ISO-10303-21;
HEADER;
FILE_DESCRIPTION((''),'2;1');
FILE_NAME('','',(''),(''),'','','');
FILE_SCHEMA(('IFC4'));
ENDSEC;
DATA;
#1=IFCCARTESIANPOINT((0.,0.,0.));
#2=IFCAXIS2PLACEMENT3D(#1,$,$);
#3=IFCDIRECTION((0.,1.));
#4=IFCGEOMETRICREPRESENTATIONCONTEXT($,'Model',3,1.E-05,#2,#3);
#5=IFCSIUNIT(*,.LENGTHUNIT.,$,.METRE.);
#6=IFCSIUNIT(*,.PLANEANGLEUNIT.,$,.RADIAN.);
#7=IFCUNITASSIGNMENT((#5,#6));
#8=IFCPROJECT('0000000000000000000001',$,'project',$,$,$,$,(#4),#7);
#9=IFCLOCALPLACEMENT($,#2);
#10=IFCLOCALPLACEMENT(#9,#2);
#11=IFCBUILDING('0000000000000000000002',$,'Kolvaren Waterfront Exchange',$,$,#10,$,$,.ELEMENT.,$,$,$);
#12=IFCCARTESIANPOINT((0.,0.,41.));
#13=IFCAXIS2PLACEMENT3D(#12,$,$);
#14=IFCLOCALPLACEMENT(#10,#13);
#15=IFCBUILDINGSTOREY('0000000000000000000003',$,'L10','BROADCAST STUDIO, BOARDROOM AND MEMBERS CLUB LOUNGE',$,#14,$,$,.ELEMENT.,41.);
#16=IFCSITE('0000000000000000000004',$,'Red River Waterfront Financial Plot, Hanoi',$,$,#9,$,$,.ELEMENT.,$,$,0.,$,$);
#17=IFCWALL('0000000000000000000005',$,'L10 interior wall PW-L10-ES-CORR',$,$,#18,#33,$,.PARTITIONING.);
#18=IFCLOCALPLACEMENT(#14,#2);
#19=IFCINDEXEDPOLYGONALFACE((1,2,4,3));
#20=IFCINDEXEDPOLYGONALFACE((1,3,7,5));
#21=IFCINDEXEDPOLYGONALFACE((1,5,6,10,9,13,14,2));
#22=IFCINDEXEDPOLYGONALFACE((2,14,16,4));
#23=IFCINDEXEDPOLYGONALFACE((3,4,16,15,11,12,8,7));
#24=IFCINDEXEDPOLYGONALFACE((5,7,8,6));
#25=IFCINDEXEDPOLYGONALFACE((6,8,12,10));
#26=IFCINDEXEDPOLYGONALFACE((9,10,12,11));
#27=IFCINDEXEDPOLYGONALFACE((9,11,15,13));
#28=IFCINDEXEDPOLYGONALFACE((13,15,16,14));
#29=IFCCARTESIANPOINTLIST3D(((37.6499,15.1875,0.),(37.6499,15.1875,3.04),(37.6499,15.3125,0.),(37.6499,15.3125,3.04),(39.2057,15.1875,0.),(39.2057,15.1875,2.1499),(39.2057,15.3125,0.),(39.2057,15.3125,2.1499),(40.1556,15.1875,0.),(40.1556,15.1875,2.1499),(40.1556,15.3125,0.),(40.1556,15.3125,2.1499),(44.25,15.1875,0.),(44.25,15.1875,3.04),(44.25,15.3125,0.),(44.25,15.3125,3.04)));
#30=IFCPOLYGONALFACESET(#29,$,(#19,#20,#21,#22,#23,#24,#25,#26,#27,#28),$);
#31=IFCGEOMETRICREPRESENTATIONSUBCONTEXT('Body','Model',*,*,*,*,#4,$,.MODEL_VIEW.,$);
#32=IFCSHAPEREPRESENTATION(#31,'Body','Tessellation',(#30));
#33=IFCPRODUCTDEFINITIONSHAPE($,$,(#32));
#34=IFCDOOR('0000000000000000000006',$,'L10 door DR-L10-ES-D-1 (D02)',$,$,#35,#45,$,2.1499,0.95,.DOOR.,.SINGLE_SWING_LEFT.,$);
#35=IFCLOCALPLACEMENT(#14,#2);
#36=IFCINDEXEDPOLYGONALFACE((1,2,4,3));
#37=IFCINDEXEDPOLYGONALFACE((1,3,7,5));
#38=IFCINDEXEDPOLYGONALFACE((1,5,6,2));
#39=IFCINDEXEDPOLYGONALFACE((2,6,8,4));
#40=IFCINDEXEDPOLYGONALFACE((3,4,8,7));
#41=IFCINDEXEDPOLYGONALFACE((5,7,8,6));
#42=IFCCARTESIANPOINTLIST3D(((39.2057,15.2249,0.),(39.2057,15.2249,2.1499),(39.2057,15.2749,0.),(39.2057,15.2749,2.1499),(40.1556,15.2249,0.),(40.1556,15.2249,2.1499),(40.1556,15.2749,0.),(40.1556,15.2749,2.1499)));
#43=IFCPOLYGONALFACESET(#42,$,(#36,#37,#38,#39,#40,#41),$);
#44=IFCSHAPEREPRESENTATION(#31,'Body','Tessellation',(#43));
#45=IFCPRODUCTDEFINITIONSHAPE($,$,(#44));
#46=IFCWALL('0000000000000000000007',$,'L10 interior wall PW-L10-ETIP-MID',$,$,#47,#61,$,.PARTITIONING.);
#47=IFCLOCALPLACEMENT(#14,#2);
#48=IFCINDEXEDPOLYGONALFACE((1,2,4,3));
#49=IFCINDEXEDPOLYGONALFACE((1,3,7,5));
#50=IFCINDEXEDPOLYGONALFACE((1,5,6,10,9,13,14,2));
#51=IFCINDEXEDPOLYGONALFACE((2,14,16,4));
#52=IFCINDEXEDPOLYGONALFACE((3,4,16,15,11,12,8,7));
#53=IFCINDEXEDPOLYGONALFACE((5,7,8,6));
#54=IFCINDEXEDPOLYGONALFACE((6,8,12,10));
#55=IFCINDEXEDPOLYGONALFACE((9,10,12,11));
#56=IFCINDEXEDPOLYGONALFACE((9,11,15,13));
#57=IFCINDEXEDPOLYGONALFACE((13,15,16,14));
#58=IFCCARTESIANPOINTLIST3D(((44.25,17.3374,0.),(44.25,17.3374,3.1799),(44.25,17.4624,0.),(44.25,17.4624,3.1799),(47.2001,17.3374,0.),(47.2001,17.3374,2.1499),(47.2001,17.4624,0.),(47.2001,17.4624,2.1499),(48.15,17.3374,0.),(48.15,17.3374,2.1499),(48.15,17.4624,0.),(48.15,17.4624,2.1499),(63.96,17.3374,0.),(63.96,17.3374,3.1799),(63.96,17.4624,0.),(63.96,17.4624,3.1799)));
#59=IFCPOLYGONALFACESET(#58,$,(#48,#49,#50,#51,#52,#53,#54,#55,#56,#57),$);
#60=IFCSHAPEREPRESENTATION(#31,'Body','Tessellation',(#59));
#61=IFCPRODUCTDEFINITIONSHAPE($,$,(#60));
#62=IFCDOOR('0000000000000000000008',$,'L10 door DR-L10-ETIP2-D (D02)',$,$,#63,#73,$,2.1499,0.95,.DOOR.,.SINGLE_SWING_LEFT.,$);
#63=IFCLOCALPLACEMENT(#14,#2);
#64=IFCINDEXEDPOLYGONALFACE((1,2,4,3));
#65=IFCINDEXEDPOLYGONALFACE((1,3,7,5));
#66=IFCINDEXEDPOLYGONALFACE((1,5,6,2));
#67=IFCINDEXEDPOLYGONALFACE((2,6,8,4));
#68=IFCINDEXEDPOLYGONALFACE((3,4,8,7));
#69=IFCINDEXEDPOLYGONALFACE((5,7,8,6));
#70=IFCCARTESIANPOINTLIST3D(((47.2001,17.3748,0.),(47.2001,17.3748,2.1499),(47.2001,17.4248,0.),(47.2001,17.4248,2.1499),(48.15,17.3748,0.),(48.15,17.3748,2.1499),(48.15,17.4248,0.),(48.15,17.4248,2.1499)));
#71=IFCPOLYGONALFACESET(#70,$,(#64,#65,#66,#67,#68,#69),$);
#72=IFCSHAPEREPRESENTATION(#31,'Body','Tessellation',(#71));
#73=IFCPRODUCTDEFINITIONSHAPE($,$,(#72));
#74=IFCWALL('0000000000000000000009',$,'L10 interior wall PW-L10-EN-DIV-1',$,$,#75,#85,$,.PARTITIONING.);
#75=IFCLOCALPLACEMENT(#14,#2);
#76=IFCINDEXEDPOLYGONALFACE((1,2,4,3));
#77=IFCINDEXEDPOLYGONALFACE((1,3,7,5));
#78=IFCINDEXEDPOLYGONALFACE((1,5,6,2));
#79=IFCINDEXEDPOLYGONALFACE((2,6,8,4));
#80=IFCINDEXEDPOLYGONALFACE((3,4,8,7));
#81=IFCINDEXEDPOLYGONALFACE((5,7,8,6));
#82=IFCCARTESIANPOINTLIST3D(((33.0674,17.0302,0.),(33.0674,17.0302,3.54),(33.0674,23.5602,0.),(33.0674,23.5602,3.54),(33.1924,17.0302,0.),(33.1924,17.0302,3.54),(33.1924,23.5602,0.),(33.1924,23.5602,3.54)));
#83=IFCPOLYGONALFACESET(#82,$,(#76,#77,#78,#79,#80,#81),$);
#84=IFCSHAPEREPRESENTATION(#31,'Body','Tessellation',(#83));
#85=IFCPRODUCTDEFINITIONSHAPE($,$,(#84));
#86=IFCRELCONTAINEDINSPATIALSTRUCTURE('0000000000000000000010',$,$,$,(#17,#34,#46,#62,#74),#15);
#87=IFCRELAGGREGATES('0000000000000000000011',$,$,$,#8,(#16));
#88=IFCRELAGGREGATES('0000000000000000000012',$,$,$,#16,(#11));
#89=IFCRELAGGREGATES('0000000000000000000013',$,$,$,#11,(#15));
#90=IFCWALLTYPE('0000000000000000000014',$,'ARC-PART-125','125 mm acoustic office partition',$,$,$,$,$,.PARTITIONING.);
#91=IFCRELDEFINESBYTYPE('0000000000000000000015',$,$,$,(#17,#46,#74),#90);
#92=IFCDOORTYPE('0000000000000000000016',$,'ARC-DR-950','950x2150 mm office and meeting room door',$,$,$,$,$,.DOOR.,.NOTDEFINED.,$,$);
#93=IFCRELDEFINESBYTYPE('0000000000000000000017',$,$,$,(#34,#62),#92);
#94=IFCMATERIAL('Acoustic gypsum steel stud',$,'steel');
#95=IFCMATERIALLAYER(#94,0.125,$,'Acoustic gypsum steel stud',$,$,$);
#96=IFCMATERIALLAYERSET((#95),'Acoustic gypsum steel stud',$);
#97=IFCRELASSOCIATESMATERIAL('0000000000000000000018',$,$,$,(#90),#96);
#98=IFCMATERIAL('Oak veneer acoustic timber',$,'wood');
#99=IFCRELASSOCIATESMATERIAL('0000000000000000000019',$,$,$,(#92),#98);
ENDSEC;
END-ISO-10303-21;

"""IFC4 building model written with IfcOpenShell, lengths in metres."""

from ifc_helpers import new_model, si_unit, direction, frame, frame_2d, origin, place, context, subcontext, project, spatial, rectangle, extrude, material, layer, layer_set, type_object, element, fill, save


model = new_model("IFC4")

# Units and contexts
model_context = context("Model", 3, precision=1e-05, world=origin(), true_north=direction((0.0, 1.0)))
body_context = subcontext(model_context, "Body", "Model", "MODEL_VIEW")
ifc_project = project(units=[si_unit("LENGTHUNIT", "METRE"), si_unit("PLANEANGLEUNIT", "RADIAN")], contexts=[model_context])

# Site, building, storey
site_placement = place(None, origin())
site = spatial("IfcSite", under=ifc_project, at=site_placement, Name="Red River Waterfront Financial Plot, Hanoi", CompositionType="ELEMENT", RefElevation=0.0)
building_placement = place(site_placement, origin())
building = spatial("IfcBuilding", under=site, at=building_placement, Name="Kolvaren Waterfront Exchange", CompositionType="ELEMENT")
storey_placement = place(building_placement, frame((0.0, 0.0, 41.0)))
storey = spatial("IfcBuildingStorey", under=building, at=storey_placement, Name="L10", Description="BROADCAST STUDIO, BOARDROOM AND MEMBERS CLUB LOUNGE", CompositionType="ELEMENT", Elevation=41.0)

# Walls, openings, doors
ifc_material_1 = material(Name="Acoustic gypsum steel stud", Category="steel")
ifc_layer_1 = layer(ifc_material_1, 0.125, Name="Acoustic gypsum steel stud")
ifc_layer_set_1 = layer_set([ifc_layer_1], Name="Acoustic gypsum steel stud")
wall_type_1 = type_object("IfcWallType", Name="ARC-PART-125", Description="125 mm acoustic office partition", PredefinedType="PARTITIONING", material=ifc_layer_set_1)
wall_1_placement = place(storey_placement, frame((37.6499, 15.25, 0.0), z_axis=(0.0, 0.0, 1.0), x_axis=(1.0, 0.0, 0.0)))
wall_1 = element("IfcWall", 1, at=wall_1_placement, inside=storey, type_object=wall_type_1, Name="L10 interior wall PW-L10-ES-CORR", PredefinedType="PARTITIONING", context=body_context, shape_type="SweptSolid", body=[
    extrude(rectangle(XDim=6.6001, YDim=0.125, at=frame_2d((3.3, 0.0))), origin(), (0.0, 0.0, 1.0), 3.04),
])
opening_1_placement = place(wall_1_placement, frame((1.5557, 0.0, 0.0)))
opening_1 = element("IfcOpeningElement", 2, at=opening_1_placement, cuts=wall_1, PredefinedType="OPENING", context=body_context, shape_type="SweptSolid", body=[
    extrude(rectangle(XDim=0.95, YDim=2.1499, at=frame_2d((0.4751, 1.075))), frame((0.0, 0.0725, 0.0), z_axis=(0.0, -1.0, 0.0), x_axis=(1.0, 0.0, 0.0)), (0.0, 0.0, 1.0), 0.145),
])
ifc_material_2 = material(Name="Oak veneer acoustic timber", Category="wood")
door_type_1 = type_object("IfcDoorType", Name="ARC-DR-950", Description="950x2150 mm office and meeting room door", OperationType="NOTDEFINED", PredefinedType="DOOR", material=ifc_material_2)
door_1_placement = place(opening_1_placement, origin())
door_1 = element("IfcDoor", 3, at=door_1_placement, inside=storey, type_object=door_type_1, Name="L10 door DR-L10-ES-D-1 (D02)", OperationType="SINGLE_SWING_LEFT", OverallHeight=2.1499, OverallWidth=0.95, PredefinedType="DOOR", context=body_context, shape_type="SweptSolid", body=[
    extrude(rectangle(XDim=0.95, YDim=2.1499, at=frame_2d((0.4751, 1.075))), frame((0.0, 0.0249, 0.0), z_axis=(0.0, -1.0, 0.0), x_axis=(1.0, 0.0, 0.0)), (0.0, 0.0, 1.0), 0.05),
])
fill(opening_1, door_1)
wall_2_placement = place(storey_placement, frame((44.25, 17.3999, 0.0), z_axis=(0.0, 0.0, 1.0), x_axis=(1.0, 0.0, 0.0)))
wall_2 = element("IfcWall", 4, at=wall_2_placement, inside=storey, type_object=wall_type_1, Name="L10 interior wall PW-L10-ETIP-MID", PredefinedType="PARTITIONING", context=body_context, shape_type="SweptSolid", body=[
    extrude(rectangle(XDim=19.71, YDim=0.125, at=frame_2d((9.855, 0.0))), origin(), (0.0, 0.0, 1.0), 3.1799),
])
opening_2_placement = place(wall_2_placement, frame((2.95, 0.0, 0.0)))
opening_2 = element("IfcOpeningElement", 5, at=opening_2_placement, cuts=wall_2, PredefinedType="OPENING", context=body_context, shape_type="SweptSolid", body=[
    extrude(rectangle(XDim=0.95, YDim=2.1499, at=frame_2d((0.4751, 1.075))), frame((0.0, 0.0725, 0.0), z_axis=(0.0, -1.0, 0.0), x_axis=(1.0, 0.0, 0.0)), (0.0, 0.0, 1.0), 0.145),
])
door_2_placement = place(opening_2_placement, origin())
door_2 = element("IfcDoor", 6, at=door_2_placement, inside=storey, type_object=door_type_1, Name="L10 door DR-L10-ETIP2-D (D02)", OperationType="SINGLE_SWING_LEFT", OverallHeight=2.1499, OverallWidth=0.95, PredefinedType="DOOR", context=body_context, shape_type="SweptSolid", body=[
    extrude(rectangle(XDim=0.95, YDim=2.1499, at=frame_2d((0.4751, 1.075))), frame((0.0, 0.0249, 0.0), z_axis=(0.0, -1.0, 0.0), x_axis=(1.0, 0.0, 0.0)), (0.0, 0.0, 1.0), 0.05),
])
fill(opening_2, door_2)

# Wall
wall_3_placement = place(storey_placement, frame((33.1299, 17.03, 0.0), z_axis=(0.0, 0.0, 1.0), x_axis=(0.0, 1.0, 0.0)))
element("IfcWall", 7, at=wall_3_placement, inside=storey, type_object=wall_type_1, Name="L10 interior wall PW-L10-EN-DIV-1", PredefinedType="PARTITIONING", context=body_context, shape_type="SweptSolid", body=[
    extrude(rectangle(XDim=6.53, YDim=0.125, at=frame_2d((3.2651, 0.0))), origin(), (0.0, 0.0, 1.0), 3.54),
])

save(model, "model.ifc")
